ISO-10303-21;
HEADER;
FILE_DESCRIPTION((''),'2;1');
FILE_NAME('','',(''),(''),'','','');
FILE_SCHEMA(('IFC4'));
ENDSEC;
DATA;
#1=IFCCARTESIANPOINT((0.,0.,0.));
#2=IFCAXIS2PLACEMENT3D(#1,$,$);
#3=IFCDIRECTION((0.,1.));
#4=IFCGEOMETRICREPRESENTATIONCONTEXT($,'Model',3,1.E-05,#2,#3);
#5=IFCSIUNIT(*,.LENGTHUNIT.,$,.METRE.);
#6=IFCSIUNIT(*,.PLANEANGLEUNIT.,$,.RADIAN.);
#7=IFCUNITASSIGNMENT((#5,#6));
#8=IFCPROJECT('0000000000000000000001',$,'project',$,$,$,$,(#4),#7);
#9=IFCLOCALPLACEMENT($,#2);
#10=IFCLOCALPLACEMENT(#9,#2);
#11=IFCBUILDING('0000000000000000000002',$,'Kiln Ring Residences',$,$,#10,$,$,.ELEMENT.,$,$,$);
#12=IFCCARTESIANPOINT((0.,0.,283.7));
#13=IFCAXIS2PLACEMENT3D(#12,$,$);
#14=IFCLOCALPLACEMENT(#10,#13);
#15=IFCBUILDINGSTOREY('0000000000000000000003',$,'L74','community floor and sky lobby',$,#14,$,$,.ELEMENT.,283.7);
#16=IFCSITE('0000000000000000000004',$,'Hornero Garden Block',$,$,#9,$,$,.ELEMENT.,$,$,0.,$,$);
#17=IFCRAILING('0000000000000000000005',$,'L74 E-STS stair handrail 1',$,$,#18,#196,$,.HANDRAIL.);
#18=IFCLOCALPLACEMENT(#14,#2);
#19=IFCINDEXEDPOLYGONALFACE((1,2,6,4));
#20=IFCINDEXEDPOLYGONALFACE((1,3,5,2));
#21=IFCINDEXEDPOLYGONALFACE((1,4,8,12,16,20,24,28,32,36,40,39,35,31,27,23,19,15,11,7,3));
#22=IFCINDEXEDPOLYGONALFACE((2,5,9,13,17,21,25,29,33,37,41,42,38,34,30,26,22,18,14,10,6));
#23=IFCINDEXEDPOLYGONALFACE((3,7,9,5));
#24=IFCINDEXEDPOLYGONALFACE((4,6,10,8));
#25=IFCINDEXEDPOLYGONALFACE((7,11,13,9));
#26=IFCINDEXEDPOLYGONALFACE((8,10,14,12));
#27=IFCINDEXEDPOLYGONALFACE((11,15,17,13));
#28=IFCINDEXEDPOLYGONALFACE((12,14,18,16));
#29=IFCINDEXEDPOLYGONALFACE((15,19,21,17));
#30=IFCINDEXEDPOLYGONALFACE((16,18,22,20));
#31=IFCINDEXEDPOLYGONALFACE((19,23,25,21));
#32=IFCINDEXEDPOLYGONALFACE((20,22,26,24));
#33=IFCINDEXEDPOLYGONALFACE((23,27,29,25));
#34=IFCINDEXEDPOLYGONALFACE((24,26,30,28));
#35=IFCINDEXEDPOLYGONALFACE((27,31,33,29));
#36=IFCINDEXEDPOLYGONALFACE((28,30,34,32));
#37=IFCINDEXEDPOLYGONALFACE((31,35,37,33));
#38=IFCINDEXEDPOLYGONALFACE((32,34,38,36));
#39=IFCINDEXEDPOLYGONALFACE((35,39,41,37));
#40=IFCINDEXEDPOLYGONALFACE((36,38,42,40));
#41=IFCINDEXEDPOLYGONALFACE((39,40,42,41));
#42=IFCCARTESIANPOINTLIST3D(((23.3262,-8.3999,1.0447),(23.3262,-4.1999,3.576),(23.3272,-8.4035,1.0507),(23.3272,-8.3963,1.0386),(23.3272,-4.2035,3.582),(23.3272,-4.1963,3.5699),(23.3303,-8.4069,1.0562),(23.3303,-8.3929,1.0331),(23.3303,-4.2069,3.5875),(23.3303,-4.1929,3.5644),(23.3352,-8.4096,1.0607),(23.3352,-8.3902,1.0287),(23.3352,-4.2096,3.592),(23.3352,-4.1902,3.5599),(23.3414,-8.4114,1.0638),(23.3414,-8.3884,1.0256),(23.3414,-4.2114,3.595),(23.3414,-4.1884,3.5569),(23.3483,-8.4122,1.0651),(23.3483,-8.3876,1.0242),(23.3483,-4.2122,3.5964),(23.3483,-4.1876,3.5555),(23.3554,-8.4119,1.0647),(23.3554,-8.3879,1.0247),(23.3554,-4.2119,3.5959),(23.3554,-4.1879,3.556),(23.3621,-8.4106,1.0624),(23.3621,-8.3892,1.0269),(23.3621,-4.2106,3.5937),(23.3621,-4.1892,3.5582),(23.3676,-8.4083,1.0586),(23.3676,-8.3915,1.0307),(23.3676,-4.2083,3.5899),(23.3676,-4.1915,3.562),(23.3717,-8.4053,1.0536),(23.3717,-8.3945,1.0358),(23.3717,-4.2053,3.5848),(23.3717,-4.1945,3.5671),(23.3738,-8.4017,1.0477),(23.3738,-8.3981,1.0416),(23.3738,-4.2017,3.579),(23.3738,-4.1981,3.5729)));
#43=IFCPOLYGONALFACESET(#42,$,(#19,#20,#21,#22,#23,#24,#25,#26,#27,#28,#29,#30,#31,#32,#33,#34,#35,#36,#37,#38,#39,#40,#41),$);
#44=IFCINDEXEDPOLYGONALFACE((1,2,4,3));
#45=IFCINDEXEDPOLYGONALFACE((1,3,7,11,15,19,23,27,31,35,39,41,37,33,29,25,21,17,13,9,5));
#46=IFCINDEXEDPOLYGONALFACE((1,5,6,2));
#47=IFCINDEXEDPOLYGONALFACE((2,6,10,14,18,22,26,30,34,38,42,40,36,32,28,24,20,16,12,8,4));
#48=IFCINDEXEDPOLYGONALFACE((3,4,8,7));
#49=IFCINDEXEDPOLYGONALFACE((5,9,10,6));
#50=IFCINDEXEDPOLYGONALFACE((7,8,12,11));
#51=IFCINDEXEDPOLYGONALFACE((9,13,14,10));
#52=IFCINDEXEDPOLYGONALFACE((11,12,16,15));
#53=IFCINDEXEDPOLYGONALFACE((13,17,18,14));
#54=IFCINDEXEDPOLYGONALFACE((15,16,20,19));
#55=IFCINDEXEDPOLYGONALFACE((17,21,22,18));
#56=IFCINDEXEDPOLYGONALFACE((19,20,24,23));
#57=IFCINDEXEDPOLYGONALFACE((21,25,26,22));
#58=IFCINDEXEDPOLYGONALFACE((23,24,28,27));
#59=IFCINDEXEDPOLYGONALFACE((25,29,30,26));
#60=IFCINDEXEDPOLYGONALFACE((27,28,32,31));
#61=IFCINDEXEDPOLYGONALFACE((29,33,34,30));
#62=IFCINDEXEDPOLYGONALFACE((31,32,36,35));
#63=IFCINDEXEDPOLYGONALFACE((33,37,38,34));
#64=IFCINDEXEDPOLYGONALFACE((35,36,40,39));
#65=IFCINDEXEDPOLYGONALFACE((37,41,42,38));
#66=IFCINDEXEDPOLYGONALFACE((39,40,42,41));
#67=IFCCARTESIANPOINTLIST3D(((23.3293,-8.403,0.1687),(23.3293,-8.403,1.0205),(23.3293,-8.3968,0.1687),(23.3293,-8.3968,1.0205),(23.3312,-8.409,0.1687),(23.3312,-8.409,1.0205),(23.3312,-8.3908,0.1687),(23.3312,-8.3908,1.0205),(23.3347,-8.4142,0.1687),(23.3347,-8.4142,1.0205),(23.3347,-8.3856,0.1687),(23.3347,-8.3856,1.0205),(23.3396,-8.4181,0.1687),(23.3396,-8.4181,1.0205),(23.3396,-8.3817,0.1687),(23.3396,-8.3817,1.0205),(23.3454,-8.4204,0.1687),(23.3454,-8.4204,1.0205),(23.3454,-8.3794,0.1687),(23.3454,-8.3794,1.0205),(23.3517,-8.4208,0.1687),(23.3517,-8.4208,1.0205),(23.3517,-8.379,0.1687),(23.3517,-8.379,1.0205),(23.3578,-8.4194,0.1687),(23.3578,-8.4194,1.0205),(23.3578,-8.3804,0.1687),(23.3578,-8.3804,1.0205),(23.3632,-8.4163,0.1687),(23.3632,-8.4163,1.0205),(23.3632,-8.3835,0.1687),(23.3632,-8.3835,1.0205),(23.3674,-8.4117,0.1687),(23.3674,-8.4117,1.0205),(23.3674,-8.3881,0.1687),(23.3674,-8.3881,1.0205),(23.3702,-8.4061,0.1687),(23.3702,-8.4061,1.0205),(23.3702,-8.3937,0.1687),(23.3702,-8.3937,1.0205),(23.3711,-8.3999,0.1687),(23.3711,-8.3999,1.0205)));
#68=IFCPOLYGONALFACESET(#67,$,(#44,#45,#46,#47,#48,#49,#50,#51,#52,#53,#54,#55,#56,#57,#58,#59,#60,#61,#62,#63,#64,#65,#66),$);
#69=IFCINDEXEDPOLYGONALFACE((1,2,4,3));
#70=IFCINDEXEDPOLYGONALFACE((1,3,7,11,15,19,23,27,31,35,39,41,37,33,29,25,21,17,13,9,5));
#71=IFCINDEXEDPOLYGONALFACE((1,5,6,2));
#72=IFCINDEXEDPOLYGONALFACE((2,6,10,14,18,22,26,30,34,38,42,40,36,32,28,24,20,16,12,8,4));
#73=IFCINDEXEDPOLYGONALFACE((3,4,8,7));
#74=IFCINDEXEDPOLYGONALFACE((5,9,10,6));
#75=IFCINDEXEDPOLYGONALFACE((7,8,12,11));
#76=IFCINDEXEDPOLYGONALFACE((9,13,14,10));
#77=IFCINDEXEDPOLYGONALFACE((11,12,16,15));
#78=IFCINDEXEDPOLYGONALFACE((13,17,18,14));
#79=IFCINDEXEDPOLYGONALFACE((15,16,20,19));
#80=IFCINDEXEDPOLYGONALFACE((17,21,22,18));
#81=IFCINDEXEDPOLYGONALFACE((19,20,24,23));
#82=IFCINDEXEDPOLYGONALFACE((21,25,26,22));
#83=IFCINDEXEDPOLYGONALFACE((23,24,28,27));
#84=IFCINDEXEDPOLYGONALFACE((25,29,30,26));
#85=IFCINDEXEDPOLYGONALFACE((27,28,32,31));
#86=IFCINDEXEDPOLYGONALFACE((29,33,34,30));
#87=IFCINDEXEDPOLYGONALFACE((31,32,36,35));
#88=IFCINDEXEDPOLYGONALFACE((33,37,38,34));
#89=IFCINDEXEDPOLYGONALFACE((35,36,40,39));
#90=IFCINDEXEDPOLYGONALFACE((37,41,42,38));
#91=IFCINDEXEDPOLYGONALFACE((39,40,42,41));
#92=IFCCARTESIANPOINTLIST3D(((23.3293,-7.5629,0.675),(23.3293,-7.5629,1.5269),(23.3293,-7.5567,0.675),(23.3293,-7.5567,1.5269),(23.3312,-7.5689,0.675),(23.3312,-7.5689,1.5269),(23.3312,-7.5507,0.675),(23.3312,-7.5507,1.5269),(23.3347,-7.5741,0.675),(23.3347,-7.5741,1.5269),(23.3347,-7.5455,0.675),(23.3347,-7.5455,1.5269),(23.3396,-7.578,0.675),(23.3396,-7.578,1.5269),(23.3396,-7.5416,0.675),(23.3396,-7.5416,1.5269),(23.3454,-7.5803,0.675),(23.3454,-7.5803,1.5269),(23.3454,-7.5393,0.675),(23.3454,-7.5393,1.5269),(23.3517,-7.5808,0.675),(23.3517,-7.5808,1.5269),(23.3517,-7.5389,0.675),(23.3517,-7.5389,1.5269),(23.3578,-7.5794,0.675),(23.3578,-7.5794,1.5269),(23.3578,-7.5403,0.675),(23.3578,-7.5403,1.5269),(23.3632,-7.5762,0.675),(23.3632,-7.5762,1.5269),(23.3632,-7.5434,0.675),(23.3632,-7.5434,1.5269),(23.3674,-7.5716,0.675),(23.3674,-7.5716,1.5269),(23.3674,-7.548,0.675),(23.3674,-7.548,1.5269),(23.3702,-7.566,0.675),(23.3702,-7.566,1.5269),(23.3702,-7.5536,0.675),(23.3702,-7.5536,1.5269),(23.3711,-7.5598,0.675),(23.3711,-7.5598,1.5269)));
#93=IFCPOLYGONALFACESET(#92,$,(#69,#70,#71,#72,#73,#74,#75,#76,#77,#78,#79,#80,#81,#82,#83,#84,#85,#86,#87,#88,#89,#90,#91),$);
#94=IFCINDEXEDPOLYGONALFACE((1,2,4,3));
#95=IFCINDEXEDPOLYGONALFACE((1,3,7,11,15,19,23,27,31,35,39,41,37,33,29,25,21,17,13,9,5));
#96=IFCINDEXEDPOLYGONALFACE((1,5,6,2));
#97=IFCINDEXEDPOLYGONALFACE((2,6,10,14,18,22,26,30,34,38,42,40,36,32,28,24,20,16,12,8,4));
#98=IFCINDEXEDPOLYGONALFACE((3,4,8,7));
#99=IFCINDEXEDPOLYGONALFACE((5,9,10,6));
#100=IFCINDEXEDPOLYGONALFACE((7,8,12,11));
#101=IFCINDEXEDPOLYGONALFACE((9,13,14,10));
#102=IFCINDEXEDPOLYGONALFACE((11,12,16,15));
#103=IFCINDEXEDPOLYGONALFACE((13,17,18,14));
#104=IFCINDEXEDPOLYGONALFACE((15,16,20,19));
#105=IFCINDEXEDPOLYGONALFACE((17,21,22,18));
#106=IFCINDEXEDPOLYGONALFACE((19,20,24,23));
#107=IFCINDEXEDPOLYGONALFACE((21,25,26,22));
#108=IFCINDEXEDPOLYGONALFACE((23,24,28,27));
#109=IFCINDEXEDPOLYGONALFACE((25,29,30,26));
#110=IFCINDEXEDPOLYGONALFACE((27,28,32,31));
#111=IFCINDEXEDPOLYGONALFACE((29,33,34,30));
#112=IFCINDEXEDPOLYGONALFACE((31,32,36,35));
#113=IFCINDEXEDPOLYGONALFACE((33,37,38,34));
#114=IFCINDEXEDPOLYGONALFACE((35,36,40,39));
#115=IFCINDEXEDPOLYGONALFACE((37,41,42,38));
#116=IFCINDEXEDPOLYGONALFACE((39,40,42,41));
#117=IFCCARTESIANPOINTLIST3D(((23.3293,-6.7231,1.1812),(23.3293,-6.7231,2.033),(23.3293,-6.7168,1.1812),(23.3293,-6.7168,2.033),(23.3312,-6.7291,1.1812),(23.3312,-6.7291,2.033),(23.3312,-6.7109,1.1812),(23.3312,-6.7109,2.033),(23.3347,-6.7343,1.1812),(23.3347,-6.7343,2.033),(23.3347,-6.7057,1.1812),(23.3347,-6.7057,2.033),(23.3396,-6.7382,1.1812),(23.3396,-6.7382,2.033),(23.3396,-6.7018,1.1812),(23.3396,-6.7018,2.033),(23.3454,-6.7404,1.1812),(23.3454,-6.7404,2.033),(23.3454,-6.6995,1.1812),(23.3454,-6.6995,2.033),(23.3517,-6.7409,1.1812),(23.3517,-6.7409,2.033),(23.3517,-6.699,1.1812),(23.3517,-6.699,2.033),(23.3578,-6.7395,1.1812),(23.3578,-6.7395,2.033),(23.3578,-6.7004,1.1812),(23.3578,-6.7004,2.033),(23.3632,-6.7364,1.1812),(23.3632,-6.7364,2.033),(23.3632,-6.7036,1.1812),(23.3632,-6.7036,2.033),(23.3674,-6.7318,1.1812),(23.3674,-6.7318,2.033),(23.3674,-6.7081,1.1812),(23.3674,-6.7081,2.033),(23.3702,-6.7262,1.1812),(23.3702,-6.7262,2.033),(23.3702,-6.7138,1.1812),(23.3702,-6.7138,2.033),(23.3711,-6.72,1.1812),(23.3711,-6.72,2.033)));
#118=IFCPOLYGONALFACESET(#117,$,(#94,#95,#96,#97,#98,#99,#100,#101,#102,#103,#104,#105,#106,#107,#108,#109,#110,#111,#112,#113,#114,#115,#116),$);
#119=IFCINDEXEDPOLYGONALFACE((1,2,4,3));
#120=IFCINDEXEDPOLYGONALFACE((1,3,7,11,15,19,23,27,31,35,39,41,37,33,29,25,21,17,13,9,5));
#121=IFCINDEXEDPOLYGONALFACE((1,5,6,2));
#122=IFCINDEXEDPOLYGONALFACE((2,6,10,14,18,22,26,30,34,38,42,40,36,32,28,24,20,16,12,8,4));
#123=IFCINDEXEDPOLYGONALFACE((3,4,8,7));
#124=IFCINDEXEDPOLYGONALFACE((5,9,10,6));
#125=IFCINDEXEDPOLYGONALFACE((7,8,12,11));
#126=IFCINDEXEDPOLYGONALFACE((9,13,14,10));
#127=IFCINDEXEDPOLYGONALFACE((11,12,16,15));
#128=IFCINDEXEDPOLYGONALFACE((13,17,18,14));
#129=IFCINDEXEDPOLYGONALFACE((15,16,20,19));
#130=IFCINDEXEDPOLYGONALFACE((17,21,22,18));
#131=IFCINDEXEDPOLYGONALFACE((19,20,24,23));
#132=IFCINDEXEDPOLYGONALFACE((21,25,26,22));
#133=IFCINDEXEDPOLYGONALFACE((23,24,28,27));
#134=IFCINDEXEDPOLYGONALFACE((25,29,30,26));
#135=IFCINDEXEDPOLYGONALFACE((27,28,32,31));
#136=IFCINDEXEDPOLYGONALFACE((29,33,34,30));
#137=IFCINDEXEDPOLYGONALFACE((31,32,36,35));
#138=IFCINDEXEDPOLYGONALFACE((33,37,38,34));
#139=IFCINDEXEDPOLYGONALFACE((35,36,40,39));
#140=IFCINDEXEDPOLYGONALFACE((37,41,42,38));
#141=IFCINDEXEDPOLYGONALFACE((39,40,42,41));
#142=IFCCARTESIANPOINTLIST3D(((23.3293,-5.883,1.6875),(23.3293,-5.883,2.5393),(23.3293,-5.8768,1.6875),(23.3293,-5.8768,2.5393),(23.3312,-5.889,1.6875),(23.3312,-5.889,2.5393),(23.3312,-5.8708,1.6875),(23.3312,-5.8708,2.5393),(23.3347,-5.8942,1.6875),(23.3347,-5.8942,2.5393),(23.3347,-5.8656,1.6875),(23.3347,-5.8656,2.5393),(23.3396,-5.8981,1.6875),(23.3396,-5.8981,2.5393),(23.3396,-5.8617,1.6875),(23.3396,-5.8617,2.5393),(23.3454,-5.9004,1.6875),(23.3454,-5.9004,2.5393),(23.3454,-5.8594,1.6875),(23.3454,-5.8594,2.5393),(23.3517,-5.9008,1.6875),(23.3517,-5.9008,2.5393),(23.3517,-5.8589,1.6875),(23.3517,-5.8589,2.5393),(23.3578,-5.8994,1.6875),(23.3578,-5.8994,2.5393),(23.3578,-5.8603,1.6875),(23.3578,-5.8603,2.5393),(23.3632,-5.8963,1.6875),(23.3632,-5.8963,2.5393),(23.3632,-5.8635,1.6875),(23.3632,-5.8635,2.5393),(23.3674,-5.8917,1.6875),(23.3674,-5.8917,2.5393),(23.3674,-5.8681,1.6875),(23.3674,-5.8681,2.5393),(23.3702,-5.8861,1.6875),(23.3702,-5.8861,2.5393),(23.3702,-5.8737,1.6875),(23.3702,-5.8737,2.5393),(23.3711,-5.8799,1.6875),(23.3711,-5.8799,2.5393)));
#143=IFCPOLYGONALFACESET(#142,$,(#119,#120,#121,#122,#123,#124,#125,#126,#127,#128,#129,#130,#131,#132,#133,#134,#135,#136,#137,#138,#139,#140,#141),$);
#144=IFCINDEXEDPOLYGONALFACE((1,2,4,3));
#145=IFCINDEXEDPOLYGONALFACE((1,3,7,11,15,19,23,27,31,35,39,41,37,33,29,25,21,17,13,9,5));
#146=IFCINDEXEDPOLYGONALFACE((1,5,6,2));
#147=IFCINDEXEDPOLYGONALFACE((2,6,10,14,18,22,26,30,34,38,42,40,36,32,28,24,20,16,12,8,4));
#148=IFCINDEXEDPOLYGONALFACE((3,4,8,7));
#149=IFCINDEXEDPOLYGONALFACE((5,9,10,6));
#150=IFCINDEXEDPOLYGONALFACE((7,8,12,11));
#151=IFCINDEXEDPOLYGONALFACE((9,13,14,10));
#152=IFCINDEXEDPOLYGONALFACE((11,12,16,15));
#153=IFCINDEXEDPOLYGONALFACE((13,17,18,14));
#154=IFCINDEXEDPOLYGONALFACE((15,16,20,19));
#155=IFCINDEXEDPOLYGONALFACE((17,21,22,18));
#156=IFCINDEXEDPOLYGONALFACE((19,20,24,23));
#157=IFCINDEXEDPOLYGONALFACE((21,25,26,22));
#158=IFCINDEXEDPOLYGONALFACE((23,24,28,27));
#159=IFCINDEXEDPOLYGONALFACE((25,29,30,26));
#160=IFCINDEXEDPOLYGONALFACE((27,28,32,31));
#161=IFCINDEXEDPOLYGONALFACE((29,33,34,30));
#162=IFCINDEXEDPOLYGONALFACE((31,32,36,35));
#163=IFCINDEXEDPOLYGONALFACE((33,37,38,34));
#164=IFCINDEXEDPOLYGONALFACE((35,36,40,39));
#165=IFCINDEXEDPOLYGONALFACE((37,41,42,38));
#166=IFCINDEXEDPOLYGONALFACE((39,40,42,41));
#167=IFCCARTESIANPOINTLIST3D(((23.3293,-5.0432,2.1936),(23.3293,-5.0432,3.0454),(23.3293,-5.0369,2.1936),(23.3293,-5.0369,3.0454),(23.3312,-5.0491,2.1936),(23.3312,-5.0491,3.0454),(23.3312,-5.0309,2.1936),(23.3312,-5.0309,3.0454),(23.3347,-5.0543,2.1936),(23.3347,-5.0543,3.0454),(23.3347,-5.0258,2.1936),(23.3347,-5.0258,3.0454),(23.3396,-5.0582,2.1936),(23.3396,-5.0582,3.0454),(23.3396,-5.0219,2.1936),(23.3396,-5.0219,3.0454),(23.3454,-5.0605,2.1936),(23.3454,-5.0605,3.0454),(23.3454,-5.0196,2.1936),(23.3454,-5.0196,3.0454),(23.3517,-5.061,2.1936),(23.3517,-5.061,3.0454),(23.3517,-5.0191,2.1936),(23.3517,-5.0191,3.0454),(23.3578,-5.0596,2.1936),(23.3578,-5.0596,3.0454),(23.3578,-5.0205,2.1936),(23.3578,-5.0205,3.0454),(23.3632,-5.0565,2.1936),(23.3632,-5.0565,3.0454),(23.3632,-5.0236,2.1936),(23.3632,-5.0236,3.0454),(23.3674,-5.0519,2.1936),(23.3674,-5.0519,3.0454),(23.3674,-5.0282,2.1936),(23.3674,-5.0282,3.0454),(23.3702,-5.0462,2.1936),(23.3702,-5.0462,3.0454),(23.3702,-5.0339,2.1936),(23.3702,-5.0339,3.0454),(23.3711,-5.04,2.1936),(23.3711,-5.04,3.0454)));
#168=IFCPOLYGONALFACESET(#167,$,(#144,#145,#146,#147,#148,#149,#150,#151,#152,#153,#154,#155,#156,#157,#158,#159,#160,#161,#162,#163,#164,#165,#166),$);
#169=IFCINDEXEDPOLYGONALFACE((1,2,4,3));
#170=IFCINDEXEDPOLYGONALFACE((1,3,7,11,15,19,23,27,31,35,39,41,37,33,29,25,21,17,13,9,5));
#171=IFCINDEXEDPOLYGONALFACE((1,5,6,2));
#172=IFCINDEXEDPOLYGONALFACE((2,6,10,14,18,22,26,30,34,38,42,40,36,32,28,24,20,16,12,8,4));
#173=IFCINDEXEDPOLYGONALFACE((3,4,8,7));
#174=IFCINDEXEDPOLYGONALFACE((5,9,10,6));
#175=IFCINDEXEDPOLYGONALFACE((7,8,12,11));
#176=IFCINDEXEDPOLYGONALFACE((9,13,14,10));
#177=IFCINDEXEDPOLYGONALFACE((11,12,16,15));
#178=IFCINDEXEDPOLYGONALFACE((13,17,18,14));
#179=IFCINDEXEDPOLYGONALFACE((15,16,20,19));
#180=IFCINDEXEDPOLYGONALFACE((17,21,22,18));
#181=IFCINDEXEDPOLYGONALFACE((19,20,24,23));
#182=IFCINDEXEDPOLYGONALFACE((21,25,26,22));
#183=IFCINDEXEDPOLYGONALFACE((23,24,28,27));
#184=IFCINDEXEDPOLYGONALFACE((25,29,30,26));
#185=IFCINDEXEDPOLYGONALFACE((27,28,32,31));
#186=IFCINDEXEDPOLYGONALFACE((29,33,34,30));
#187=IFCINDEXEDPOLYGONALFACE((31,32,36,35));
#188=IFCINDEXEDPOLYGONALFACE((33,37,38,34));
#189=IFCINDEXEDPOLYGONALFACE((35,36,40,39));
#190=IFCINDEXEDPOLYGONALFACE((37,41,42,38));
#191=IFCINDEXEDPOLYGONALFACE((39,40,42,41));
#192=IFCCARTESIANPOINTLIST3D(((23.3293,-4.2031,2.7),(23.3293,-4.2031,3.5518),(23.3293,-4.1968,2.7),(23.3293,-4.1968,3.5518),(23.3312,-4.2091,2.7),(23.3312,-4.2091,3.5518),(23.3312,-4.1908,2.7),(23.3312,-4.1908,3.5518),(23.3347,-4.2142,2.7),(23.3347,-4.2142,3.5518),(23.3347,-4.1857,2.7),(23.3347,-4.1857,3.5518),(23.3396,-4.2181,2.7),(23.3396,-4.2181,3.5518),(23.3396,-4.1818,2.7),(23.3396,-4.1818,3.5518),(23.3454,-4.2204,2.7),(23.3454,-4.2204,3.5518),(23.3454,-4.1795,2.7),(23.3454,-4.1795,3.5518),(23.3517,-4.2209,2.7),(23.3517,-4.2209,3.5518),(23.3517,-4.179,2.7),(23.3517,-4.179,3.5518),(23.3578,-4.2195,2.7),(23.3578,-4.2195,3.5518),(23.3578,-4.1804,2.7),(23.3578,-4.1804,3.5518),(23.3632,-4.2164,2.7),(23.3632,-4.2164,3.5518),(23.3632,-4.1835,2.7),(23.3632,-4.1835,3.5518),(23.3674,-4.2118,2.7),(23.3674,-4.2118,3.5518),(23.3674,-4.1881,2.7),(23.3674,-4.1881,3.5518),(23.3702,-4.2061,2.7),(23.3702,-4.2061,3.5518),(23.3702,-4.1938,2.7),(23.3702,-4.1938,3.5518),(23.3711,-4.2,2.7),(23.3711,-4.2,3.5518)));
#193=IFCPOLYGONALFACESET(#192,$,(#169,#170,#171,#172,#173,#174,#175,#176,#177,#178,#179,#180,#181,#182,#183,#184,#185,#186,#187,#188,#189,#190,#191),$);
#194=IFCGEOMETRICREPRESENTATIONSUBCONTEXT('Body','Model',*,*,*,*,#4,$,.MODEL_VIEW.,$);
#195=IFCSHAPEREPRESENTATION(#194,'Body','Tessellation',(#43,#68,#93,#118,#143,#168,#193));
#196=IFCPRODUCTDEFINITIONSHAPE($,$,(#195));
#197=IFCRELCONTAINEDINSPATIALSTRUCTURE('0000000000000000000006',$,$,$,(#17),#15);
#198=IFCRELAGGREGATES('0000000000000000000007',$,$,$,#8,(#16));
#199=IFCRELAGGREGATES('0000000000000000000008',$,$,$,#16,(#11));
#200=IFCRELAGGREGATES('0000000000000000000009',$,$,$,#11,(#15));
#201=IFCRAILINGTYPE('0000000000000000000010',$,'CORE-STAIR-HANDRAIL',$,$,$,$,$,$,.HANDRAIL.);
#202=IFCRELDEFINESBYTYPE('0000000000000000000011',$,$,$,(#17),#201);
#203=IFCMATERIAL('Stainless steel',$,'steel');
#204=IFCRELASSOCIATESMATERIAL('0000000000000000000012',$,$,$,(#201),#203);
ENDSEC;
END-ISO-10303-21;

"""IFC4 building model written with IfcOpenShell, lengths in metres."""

from ifc_helpers import new_model, si_unit, direction, frame, origin, origin_2d, place, context, subcontext, project, spatial, circle, extrude, material, type_object, element, save


model = new_model("IFC4")

# Units and contexts
model_context = context("Model", 3, precision=1e-05, world=origin(), true_north=direction((0.0, 1.0)))
body_context = subcontext(model_context, "Body", "Model", "MODEL_VIEW")
ifc_project = project(units=[si_unit("LENGTHUNIT", "METRE"), si_unit("PLANEANGLEUNIT", "RADIAN")], contexts=[model_context])

# Site, building, storey
site_placement = place(None, origin())
site = spatial("IfcSite", under=ifc_project, at=site_placement, Name="Hornero Garden Block", CompositionType="ELEMENT", RefElevation=0.0)
building_placement = place(site_placement, origin())
building = spatial("IfcBuilding", under=site, at=building_placement, Name="Kiln Ring Residences", CompositionType="ELEMENT")
storey_placement = place(building_placement, frame((0.0, 0.0, 283.7)))
storey = spatial("IfcBuildingStorey", under=building, at=storey_placement, Name="L74", Description="community floor and sky lobby", CompositionType="ELEMENT", Elevation=283.7)

# Railing
ifc_material_1 = material(Name="Stainless steel", Category="steel")
railing_type_1 = type_object("IfcRailingType", Name="CORE-STAIR-HANDRAIL", PredefinedType="HANDRAIL", material=ifc_material_1)
railing_1_placement = place(storey_placement, frame((23.3501, -8.3999, 0.1687)))
element("IfcRailing", 1, at=railing_1_placement, inside=storey, type_object=railing_type_1, Name="L74 E-STS stair handrail 1", PredefinedType="HANDRAIL", context=body_context, shape_type="SweptSolid", body=[
    extrude(circle(Radius=0.0239, at=origin_2d()), frame((0.0, 0.0, 0.876), z_axis=(0.0, 0.856476, 0.516186), x_axis=(-1.0, 0.0, 0.0)), (0.0, 0.0, 1.0), 4.9038),
    extrude(circle(Radius=0.021, at=origin_2d()), origin(), (0.0, 0.0, 1.0), 0.8518),
    extrude(circle(Radius=0.021, at=origin_2d()), frame((0.0, 0.8401, 0.5063)), (0.0, 0.0, 1.0), 0.8518),
    extrude(circle(Radius=0.021, at=origin_2d()), frame((0.0, 1.6799, 1.0125)), (0.0, 0.0, 1.0), 0.8518),
    extrude(circle(Radius=0.021, at=origin_2d()), frame((0.0, 2.52, 1.5188)), (0.0, 0.0, 1.0), 0.8518),
    extrude(circle(Radius=0.021, at=origin_2d()), frame((0.0, 3.3599, 2.0249)), (0.0, 0.0, 1.0), 0.8518),
    extrude(circle(Radius=0.021, at=origin_2d()), frame((0.0, 4.2, 2.5312)), (0.0, 0.0, 1.0), 0.8518),
])

save(model, "model.ifc")
